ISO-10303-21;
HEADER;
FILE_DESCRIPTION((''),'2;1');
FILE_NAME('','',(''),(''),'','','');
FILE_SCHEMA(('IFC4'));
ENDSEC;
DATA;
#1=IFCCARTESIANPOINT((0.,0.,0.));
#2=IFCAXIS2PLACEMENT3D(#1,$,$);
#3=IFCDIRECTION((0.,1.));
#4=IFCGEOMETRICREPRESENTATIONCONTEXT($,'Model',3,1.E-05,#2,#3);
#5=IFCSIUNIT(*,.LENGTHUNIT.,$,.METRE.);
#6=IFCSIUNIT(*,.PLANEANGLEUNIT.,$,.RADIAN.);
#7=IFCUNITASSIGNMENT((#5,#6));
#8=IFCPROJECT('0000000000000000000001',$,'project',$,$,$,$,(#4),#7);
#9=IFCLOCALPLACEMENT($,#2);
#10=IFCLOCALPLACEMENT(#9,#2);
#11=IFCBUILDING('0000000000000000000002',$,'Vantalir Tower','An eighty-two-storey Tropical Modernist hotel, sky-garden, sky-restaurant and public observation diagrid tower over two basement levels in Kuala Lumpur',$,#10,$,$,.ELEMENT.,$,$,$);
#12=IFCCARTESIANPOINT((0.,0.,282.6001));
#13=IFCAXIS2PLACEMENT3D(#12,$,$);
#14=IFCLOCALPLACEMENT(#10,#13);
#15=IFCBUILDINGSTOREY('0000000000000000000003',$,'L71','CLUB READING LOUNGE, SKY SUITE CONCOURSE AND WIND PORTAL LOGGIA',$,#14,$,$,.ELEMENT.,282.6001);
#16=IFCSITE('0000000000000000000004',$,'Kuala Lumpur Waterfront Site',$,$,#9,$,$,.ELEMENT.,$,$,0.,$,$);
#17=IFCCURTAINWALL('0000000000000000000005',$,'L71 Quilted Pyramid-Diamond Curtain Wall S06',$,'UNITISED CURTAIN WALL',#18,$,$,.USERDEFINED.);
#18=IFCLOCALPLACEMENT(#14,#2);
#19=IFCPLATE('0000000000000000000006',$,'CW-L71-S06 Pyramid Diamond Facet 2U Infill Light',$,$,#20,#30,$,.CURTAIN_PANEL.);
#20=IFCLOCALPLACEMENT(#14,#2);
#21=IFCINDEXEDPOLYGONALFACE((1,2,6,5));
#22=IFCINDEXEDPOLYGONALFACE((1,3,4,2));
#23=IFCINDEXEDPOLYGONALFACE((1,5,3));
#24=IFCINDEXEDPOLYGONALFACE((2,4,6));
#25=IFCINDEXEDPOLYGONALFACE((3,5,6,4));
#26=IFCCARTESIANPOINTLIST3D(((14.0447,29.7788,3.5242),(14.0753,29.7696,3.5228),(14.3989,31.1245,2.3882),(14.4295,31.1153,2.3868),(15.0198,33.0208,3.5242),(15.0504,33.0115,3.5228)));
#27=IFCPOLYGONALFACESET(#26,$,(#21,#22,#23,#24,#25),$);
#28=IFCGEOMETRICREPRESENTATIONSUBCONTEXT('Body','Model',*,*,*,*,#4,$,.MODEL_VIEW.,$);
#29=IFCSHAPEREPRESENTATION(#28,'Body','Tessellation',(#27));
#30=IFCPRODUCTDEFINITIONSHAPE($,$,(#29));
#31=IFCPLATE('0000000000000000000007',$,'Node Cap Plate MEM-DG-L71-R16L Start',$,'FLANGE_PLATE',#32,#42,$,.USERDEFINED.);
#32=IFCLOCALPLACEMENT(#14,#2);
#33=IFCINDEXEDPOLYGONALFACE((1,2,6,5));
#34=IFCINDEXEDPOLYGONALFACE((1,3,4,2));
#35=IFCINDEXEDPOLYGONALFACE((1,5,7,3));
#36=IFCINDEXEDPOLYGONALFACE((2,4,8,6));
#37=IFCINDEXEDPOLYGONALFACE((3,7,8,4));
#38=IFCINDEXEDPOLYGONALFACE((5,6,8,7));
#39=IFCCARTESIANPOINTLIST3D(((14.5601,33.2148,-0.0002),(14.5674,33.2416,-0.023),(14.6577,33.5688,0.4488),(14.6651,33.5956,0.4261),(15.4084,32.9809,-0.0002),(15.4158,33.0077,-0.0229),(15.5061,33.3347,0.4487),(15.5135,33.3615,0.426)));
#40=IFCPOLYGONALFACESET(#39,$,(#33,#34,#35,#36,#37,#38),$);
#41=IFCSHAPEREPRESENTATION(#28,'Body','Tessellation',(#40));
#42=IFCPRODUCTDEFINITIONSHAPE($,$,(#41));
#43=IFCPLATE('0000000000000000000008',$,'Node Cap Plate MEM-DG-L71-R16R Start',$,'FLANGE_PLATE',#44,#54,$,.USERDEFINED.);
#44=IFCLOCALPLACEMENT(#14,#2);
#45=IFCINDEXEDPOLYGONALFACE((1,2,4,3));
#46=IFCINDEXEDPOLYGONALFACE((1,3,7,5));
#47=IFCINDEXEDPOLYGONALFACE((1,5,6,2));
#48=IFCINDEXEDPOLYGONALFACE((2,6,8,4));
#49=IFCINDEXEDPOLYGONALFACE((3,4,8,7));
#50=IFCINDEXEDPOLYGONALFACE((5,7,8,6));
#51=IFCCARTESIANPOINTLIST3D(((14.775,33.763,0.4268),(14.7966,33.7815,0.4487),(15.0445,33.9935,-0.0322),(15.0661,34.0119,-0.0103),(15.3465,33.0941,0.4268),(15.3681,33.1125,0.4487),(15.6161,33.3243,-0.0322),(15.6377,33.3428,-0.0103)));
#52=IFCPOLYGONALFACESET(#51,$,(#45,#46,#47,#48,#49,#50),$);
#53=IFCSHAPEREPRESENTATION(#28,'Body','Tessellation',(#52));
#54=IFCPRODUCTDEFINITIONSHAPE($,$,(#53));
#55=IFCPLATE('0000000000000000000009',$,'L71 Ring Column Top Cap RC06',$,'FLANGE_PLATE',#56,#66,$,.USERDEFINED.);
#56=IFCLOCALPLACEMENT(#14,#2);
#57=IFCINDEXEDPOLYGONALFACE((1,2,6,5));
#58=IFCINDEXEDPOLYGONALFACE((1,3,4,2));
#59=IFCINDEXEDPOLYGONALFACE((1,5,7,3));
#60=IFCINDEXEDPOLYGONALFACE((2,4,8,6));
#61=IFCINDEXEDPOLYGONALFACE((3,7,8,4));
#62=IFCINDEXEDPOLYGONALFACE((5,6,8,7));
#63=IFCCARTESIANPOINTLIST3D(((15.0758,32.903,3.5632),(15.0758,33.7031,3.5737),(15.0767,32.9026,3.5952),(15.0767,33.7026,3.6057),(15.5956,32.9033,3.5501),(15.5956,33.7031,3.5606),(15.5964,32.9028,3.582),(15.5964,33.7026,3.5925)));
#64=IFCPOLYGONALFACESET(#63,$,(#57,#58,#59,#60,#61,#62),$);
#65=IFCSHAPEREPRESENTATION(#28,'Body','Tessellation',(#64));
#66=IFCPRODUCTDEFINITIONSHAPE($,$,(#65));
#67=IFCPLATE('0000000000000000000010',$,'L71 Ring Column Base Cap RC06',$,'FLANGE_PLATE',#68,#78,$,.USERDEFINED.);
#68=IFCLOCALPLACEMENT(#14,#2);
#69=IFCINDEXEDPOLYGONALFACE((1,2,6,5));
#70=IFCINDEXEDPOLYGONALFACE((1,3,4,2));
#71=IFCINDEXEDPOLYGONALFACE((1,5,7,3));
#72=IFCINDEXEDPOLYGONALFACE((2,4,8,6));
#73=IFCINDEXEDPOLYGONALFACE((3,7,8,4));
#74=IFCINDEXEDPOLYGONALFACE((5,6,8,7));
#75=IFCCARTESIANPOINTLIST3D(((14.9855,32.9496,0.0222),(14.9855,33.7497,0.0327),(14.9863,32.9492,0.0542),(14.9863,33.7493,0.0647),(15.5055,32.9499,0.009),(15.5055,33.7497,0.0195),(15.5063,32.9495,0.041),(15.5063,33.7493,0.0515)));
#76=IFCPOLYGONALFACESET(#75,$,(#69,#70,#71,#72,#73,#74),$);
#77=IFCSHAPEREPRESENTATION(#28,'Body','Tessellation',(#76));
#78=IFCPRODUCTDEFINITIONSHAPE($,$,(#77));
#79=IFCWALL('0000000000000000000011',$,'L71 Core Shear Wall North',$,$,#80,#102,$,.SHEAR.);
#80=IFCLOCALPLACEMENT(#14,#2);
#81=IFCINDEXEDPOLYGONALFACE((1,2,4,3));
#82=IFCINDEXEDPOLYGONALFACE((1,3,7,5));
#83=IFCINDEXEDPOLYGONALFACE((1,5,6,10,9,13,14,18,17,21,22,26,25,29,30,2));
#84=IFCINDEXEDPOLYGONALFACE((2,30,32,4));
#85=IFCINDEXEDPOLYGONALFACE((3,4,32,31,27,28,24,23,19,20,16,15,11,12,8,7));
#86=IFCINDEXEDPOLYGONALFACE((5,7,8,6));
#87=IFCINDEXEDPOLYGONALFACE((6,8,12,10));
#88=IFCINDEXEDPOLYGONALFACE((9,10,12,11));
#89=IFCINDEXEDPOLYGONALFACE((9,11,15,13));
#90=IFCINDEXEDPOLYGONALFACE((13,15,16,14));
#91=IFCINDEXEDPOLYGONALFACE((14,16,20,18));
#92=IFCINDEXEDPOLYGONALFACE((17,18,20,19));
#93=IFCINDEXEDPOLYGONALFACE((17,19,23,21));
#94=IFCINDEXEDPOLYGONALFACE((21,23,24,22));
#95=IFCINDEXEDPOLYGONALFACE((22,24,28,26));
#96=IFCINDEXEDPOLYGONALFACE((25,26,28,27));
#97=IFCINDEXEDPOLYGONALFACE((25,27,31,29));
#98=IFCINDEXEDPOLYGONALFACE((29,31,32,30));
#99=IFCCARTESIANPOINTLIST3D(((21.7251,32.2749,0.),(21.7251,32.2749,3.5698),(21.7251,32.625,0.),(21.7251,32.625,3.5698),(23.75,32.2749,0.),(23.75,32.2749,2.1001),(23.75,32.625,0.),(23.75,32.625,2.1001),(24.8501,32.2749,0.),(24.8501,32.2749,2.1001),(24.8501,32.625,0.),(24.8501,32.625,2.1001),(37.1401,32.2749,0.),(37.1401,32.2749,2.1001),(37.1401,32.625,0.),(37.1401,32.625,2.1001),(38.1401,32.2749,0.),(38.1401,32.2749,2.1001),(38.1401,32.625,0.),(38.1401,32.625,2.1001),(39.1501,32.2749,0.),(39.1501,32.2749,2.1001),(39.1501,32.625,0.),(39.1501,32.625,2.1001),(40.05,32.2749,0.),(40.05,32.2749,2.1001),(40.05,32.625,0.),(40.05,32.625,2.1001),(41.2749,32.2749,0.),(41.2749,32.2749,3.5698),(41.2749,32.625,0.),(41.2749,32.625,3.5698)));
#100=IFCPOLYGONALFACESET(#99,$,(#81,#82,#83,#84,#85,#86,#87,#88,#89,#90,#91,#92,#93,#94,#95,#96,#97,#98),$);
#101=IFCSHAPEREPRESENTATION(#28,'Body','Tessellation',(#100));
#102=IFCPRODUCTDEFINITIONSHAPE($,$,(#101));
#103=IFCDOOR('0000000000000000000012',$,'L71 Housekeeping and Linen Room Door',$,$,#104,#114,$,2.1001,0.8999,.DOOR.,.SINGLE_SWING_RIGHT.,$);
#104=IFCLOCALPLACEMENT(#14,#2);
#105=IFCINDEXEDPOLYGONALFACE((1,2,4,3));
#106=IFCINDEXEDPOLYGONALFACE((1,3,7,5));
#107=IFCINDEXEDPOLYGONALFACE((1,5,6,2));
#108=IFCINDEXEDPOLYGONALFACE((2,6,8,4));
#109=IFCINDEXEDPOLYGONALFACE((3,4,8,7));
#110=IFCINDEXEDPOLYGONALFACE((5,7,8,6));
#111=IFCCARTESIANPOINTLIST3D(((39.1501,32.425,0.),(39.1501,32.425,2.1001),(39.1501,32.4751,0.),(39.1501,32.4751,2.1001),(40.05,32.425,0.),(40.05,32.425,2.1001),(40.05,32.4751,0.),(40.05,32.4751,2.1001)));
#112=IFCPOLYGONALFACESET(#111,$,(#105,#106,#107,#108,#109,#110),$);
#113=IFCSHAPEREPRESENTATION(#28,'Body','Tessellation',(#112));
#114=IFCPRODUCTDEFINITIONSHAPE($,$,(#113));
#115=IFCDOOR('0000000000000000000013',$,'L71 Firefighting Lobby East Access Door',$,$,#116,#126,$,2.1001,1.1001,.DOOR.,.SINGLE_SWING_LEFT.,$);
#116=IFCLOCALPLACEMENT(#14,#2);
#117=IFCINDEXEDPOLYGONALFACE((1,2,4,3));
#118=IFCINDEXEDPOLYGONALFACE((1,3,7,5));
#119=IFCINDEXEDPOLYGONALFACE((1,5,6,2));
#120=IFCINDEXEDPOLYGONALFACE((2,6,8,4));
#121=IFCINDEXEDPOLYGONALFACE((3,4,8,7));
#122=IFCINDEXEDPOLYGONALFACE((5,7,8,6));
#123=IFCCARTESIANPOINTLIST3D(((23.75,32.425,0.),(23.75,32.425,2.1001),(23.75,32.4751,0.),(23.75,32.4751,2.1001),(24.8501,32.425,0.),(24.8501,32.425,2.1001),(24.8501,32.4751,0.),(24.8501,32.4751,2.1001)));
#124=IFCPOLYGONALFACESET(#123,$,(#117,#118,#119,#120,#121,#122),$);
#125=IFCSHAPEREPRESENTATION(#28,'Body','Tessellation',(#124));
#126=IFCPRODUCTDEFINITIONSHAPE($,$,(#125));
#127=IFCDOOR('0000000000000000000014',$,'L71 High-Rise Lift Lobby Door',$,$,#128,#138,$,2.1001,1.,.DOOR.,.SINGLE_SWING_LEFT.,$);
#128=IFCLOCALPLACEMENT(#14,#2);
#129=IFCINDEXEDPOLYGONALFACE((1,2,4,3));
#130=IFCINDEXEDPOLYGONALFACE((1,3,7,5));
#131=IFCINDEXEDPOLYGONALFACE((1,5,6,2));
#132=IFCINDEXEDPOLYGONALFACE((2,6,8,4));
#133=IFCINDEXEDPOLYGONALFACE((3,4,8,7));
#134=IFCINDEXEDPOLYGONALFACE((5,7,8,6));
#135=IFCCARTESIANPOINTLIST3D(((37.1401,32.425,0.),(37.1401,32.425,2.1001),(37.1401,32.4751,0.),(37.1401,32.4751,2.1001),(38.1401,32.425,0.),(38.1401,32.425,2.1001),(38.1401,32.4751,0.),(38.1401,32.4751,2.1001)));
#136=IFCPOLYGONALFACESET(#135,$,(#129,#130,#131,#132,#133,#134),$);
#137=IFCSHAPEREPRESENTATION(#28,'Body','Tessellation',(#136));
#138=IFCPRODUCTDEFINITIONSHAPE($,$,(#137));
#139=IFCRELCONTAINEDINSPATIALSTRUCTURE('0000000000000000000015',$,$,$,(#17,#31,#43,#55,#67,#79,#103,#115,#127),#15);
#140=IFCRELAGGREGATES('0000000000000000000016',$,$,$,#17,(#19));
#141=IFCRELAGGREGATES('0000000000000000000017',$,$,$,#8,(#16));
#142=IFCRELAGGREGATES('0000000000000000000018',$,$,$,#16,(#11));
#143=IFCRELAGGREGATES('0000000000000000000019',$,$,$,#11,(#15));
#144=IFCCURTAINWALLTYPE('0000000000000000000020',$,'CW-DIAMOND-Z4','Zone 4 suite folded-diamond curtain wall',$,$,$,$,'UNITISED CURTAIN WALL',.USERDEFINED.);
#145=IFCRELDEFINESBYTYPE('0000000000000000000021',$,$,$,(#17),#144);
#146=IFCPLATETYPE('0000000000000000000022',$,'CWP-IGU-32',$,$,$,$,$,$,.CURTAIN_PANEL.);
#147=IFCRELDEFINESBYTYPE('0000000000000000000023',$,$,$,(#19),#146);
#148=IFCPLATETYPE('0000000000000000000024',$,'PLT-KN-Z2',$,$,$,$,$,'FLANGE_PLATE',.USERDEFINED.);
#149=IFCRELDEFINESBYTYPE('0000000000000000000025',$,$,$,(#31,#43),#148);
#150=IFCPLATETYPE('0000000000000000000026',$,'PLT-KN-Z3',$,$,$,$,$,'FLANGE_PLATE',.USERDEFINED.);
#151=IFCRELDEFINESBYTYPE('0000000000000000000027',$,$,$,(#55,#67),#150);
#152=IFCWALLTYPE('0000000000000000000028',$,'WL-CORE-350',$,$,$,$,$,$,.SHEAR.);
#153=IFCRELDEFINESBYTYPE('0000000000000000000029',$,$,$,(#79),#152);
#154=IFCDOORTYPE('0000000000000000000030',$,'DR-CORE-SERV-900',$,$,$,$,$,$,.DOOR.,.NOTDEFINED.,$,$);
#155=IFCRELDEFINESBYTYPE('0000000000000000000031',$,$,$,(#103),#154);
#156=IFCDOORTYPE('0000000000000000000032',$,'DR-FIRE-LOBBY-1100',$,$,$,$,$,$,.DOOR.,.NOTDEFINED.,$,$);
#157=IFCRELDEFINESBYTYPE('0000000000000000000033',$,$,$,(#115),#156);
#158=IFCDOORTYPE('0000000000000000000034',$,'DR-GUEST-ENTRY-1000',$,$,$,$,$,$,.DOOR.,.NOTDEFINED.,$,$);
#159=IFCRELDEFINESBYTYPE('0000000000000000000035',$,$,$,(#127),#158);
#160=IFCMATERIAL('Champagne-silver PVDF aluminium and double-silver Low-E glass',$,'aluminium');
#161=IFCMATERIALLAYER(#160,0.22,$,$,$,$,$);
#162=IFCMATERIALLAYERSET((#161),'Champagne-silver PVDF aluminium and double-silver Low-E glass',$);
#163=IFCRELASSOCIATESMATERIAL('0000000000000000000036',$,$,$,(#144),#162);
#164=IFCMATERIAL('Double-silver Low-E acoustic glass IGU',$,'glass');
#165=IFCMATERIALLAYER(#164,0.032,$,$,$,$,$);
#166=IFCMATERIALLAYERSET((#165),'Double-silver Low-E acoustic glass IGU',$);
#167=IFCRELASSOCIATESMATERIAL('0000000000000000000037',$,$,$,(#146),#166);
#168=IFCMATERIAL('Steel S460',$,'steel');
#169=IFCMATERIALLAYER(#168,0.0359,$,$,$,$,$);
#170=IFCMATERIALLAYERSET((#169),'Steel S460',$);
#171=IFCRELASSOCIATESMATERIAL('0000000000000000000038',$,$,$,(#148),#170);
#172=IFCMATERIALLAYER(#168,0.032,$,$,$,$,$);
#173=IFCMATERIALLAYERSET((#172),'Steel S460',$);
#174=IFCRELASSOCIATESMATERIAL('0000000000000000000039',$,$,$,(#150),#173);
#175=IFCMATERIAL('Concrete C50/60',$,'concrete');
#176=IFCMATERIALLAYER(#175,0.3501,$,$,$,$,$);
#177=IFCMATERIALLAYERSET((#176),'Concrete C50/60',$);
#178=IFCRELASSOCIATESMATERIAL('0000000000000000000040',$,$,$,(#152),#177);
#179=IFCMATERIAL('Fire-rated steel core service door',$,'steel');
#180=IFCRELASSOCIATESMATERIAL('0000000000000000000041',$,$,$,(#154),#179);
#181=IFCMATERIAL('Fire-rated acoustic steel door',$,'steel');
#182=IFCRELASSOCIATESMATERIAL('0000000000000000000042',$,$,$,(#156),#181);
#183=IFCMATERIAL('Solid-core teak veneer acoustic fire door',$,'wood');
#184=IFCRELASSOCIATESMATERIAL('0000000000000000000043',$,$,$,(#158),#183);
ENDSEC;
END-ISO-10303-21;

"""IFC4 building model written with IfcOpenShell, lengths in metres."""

from ifc_helpers import new_model, si_unit, direction, frame, frame_2d, origin, place, context, subcontext, project, spatial, polyline, rectangle, outline, extrude, material, layer, layer_set, type_object, element, fill, aggregate, save


model = new_model("IFC4")

# Units and contexts
model_context = context("Model", 3, precision=1e-05, world=origin(), true_north=direction((0.0, 1.0)))
body_context = subcontext(model_context, "Body", "Model", "MODEL_VIEW")
ifc_project = project(units=[si_unit("LENGTHUNIT", "METRE"), si_unit("PLANEANGLEUNIT", "RADIAN")], contexts=[model_context])

# Site, building, storey
site_placement = place(None, origin())
site = spatial("IfcSite", under=ifc_project, at=site_placement, Name="Kuala Lumpur Waterfront Site", CompositionType="ELEMENT", RefElevation=0.0)
building_placement = place(site_placement, origin())
building = spatial("IfcBuilding", under=site, at=building_placement, Name="Vantalir Tower", Description="An eighty-two-storey Tropical Modernist hotel, sky-garden, sky-restaurant and public observation diagrid tower over two basement levels in Kuala Lumpur", CompositionType="ELEMENT")
storey_placement = place(building_placement, frame((0.0, 0.0, 282.6001)))
storey = spatial("IfcBuildingStorey", under=building, at=storey_placement, Name="L71", Description="CLUB READING LOUNGE, SKY SUITE CONCOURSE AND WIND PORTAL LOGGIA", CompositionType="ELEMENT", Elevation=282.6001)

# Shared definitions
ifc_material_1 = material(Name="Steel S460", Category="steel")

# Shared definitions
ifc_material_2 = material(Name="Champagne-silver PVDF aluminium and double-silver Low-E glass", Category="aluminium")
ifc_layer_1 = layer(ifc_material_2, 0.22)
ifc_layer_set_1 = layer_set([ifc_layer_1], Name="Champagne-silver PVDF aluminium and double-silver Low-E glass")
curtain_wall_type = type_object("IfcCurtainWallType", Name="CW-DIAMOND-Z4", Description="Zone 4 suite folded-diamond curtain wall", ElementType="UNITISED CURTAIN WALL", PredefinedType="USERDEFINED", material=ifc_layer_set_1)

# Curtain wall
curtain_wall_1_placement = place(storey_placement, origin())
curtain_wall_1 = element("IfcCurtainWall", 1, at=curtain_wall_1_placement, inside=storey, type_object=curtain_wall_type, Name="L71 Quilted Pyramid-Diamond Curtain Wall S06", ObjectType="UNITISED CURTAIN WALL", PredefinedType="USERDEFINED")

# Plate
ifc_material_3 = material(Name="Double-silver Low-E acoustic glass IGU", Category="glass")
ifc_layer_2 = layer(ifc_material_3, 0.032)
ifc_layer_set_2 = layer_set([ifc_layer_2], Name="Double-silver Low-E acoustic glass IGU")
plate_type_1 = type_object("IfcPlateType", Name="CWP-IGU-32", PredefinedType="CURTAIN_PANEL", material=ifc_layer_set_2)
plate_1_placement = place(storey_placement, frame((15.0198, 33.0208, 3.5242), z_axis=(-0.956755, 0.287769, 0.042538), x_axis=(-0.288029, -0.957622, 0.0)))
plate_1 = element("IfcPlate", 2, at=plate_1_placement, type_object=plate_type_1, Name="CW-L71-S06 Pyramid Diamond Facet 2U Infill Light", PredefinedType="CURTAIN_PANEL", context=body_context, shape_type="SweptSolid", body=[
    extrude(outline(polyline([(0.0, 0.0), (3.3854, 0.0), (1.9947, -1.137), (0.0, 0.0)])), origin(), (0.0, 0.0, -1.0), 0.032),
])
aggregate(curtain_wall_1, [plate_1])

# Plates
ifc_layer_3 = layer(ifc_material_1, 0.0359)
ifc_layer_set_3 = layer_set([ifc_layer_3], Name="Steel S460")
plate_type_2 = type_object("IfcPlateType", Name="PLT-KN-Z2", ElementType="FLANGE_PLATE", PredefinedType="USERDEFINED", material=ifc_layer_set_3)
plate_2_placement = place(storey_placement, frame((14.5601, 33.2148, -0.0002), z_axis=(-0.205846, -0.746286, 0.632996), x_axis=(0.964015, -0.265846, 0.000066)))
element("IfcPlate", 3, at=plate_2_placement, inside=storey, type_object=plate_type_2, Name="Node Cap Plate MEM-DG-L71-R16L Start", ObjectType="FLANGE_PLATE", PredefinedType="USERDEFINED", context=body_context, shape_type="SweptSolid", body=[
    extrude(outline(polyline([(0.0, 0.0), (0.88, 0.0), (0.8802, 0.5799), (0.0001, 0.58), (0.0, 0.0)])), origin(), (0.0, 0.0, -1.0), 0.0359),
])
plate_3_placement = place(storey_placement, frame((15.6377, 33.3428, -0.0103), z_axis=(0.60173, 0.514012, 0.61132), x_axis=(-0.649485, 0.760374, -0.000044)))
element("IfcPlate", 4, at=plate_3_placement, inside=storey, type_object=plate_type_2, Name="Node Cap Plate MEM-DG-L71-R16R Start", ObjectType="FLANGE_PLATE", PredefinedType="USERDEFINED", context=body_context, shape_type="SweptSolid", body=[
    extrude(outline(polyline([(0.0, 0.0), (0.88, 0.0), (0.8798, 0.58), (0.0, 0.5799), (0.0, 0.0)])), origin(), (0.0, 0.0, -1.0), 0.0359),
])
ifc_layer_4 = layer(ifc_material_1, 0.032)
ifc_layer_set_4 = layer_set([ifc_layer_4], Name="Steel S460")
plate_type_3 = type_object("IfcPlateType", Name="PLT-KN-Z3", ElementType="FLANGE_PLATE", PredefinedType="USERDEFINED", material=ifc_layer_set_4)
plate_4_placement = place(storey_placement, frame((15.0767, 33.7026, 3.6057), z_axis=(0.025357, -0.013118, 0.999592), x_axis=(0.0, -0.999914, -0.013123)))
element("IfcPlate", 5, at=plate_4_placement, inside=storey, type_object=plate_type_3, Name="L71 Ring Column Top Cap RC06", ObjectType="FLANGE_PLATE", PredefinedType="USERDEFINED", context=body_context, shape_type="SweptSolid", body=[
    extrude(outline(polyline([(0.0, 0.0), (0.8001, 0.0), (0.8, 0.5199), (0.0002, 0.5199), (0.0, 0.0)])), origin(), (0.0, 0.0, -1.0), 0.032),
])
plate_5_placement = place(storey_placement, frame((14.9863, 33.7493, 0.0647), z_axis=(0.025345, -0.013118, 0.999593), x_axis=(0.0, -0.999914, -0.013123)))
element("IfcPlate", 6, at=plate_5_placement, inside=storey, type_object=plate_type_3, Name="L71 Ring Column Base Cap RC06", ObjectType="FLANGE_PLATE", PredefinedType="USERDEFINED", context=body_context, shape_type="SweptSolid", body=[
    extrude(outline(polyline([(0.0, 0.0), (0.8001, 0.0), (0.8, 0.5202), (0.0002, 0.5202), (0.0, 0.0)])), origin(), (0.0, 0.0, -1.0), 0.032),
])

# Wall, openings, doors
ifc_material_4 = material(Name="Concrete C50/60", Category="concrete")
ifc_layer_5 = layer(ifc_material_4, 0.3501)
ifc_layer_set_5 = layer_set([ifc_layer_5], Name="Concrete C50/60")
wall_type_1 = type_object("IfcWallType", Name="WL-CORE-350", PredefinedType="SHEAR", material=ifc_layer_set_5)
wall_1_placement = place(storey_placement, frame((21.7251, 32.45, 0.0), z_axis=(0.0, 0.0, 1.0), x_axis=(1.0, 0.0, 0.0)))
wall_1 = element("IfcWall", 7, at=wall_1_placement, inside=storey, type_object=wall_type_1, Name="L71 Core Shear Wall North", PredefinedType="SHEAR", context=body_context, shape_type="SweptSolid", body=[
    extrude(rectangle(XDim=19.5498, YDim=0.3501, at=frame_2d((9.7749, 0.0))), origin(), (0.0, 0.0, 1.0), 3.5698),
])
opening_1_placement = place(wall_1_placement, frame((2.0249, 0.0, 0.0)))
opening_1 = element("IfcOpeningElement", 8, at=opening_1_placement, cuts=wall_1, PredefinedType="OPENING", context=body_context, shape_type="SweptSolid", body=[
    extrude(rectangle(XDim=1.1001, YDim=2.1001, at=frame_2d((0.55, 1.05))), frame((0.0, 0.1851, 0.0), z_axis=(0.0, -1.0, 0.0), x_axis=(1.0, 0.0, 0.0)), (0.0, 0.0, 1.0), 0.3701),
])
opening_2_placement = place(wall_1_placement, frame((15.415, 0.0, 0.0)))
opening_2 = element("IfcOpeningElement", 9, at=opening_2_placement, cuts=wall_1, PredefinedType="OPENING", context=body_context, shape_type="SweptSolid", body=[
    extrude(rectangle(XDim=1.0, YDim=2.1001, at=frame_2d((0.5, 1.05))), frame((0.0, 0.1851, 0.0), z_axis=(0.0, -1.0, 0.0), x_axis=(1.0, 0.0, 0.0)), (0.0, 0.0, 1.0), 0.3701),
])
opening_3_placement = place(wall_1_placement, frame((17.425, 0.0, 0.0)))
opening_3 = element("IfcOpeningElement", 10, at=opening_3_placement, cuts=wall_1, PredefinedType="OPENING", context=body_context, shape_type="SweptSolid", body=[
    extrude(rectangle(XDim=0.8999, YDim=2.1001, at=frame_2d((0.45, 1.05))), frame((0.0, 0.1851, 0.0), z_axis=(0.0, -1.0, 0.0), x_axis=(1.0, 0.0, 0.0)), (0.0, 0.0, 1.0), 0.3701),
])
ifc_material_5 = material(Name="Fire-rated steel core service door", Category="steel")
door_type_1 = type_object("IfcDoorType", Name="DR-CORE-SERV-900", OperationType="NOTDEFINED", PredefinedType="DOOR", material=ifc_material_5)
door_1_placement = place(opening_3_placement, frame((0.8999, 0.0, 0.0), z_axis=(0.0, 0.0, 1.0), x_axis=(-1.0, 0.0, 0.0)))
door_1 = element("IfcDoor", 11, at=door_1_placement, inside=storey, type_object=door_type_1, Name="L71 Housekeeping and Linen Room Door", OperationType="SINGLE_SWING_RIGHT", OverallHeight=2.1001, OverallWidth=0.8999, PredefinedType="DOOR", context=body_context, shape_type="SweptSolid", body=[
    extrude(rectangle(XDim=0.8999, YDim=2.1001, at=frame_2d((0.45, 1.05))), frame((0.0, 0.0249, 0.0), z_axis=(0.0, -1.0, 0.0), x_axis=(1.0, 0.0, 0.0)), (0.0, 0.0, 1.0), 0.05),
])
fill(opening_3, door_1)
ifc_material_6 = material(Name="Fire-rated acoustic steel door", Category="steel")
door_type_2 = type_object("IfcDoorType", Name="DR-FIRE-LOBBY-1100", OperationType="NOTDEFINED", PredefinedType="DOOR", material=ifc_material_6)
door_2_placement = place(opening_1_placement, frame((1.1001, 0.0, 0.0), z_axis=(0.0, 0.0, 1.0), x_axis=(-1.0, 0.0, 0.0)))
door_2 = element("IfcDoor", 12, at=door_2_placement, inside=storey, type_object=door_type_2, Name="L71 Firefighting Lobby East Access Door", OperationType="SINGLE_SWING_LEFT", OverallHeight=2.1001, OverallWidth=1.1001, PredefinedType="DOOR", context=body_context, shape_type="SweptSolid", body=[
    extrude(rectangle(XDim=1.1001, YDim=2.1001, at=frame_2d((0.55, 1.05))), frame((0.0, 0.0249, 0.0), z_axis=(0.0, -1.0, 0.0), x_axis=(1.0, 0.0, 0.0)), (0.0, 0.0, 1.0), 0.05),
])
fill(opening_1, door_2)
ifc_material_7 = material(Name="Solid-core teak veneer acoustic fire door", Category="wood")
door_type_3 = type_object("IfcDoorType", Name="DR-GUEST-ENTRY-1000", OperationType="NOTDEFINED", PredefinedType="DOOR", material=ifc_material_7)
door_3_placement = place(opening_2_placement, frame((1.0, 0.0, 0.0), z_axis=(0.0, 0.0, 1.0), x_axis=(-1.0, 0.0, 0.0)))
door_3 = element("IfcDoor", 13, at=door_3_placement, inside=storey, type_object=door_type_3, Name="L71 High-Rise Lift Lobby Door", OperationType="SINGLE_SWING_LEFT", OverallHeight=2.1001, OverallWidth=1.0, PredefinedType="DOOR", context=body_context, shape_type="SweptSolid", body=[
    extrude(rectangle(XDim=1.0, YDim=2.1001, at=frame_2d((0.5, 1.05))), frame((0.0, 0.0249, 0.0), z_axis=(0.0, -1.0, 0.0), x_axis=(1.0, 0.0, 0.0)), (0.0, 0.0, 1.0), 0.05),
])
fill(opening_2, door_3)

save(model, "model.ifc")
